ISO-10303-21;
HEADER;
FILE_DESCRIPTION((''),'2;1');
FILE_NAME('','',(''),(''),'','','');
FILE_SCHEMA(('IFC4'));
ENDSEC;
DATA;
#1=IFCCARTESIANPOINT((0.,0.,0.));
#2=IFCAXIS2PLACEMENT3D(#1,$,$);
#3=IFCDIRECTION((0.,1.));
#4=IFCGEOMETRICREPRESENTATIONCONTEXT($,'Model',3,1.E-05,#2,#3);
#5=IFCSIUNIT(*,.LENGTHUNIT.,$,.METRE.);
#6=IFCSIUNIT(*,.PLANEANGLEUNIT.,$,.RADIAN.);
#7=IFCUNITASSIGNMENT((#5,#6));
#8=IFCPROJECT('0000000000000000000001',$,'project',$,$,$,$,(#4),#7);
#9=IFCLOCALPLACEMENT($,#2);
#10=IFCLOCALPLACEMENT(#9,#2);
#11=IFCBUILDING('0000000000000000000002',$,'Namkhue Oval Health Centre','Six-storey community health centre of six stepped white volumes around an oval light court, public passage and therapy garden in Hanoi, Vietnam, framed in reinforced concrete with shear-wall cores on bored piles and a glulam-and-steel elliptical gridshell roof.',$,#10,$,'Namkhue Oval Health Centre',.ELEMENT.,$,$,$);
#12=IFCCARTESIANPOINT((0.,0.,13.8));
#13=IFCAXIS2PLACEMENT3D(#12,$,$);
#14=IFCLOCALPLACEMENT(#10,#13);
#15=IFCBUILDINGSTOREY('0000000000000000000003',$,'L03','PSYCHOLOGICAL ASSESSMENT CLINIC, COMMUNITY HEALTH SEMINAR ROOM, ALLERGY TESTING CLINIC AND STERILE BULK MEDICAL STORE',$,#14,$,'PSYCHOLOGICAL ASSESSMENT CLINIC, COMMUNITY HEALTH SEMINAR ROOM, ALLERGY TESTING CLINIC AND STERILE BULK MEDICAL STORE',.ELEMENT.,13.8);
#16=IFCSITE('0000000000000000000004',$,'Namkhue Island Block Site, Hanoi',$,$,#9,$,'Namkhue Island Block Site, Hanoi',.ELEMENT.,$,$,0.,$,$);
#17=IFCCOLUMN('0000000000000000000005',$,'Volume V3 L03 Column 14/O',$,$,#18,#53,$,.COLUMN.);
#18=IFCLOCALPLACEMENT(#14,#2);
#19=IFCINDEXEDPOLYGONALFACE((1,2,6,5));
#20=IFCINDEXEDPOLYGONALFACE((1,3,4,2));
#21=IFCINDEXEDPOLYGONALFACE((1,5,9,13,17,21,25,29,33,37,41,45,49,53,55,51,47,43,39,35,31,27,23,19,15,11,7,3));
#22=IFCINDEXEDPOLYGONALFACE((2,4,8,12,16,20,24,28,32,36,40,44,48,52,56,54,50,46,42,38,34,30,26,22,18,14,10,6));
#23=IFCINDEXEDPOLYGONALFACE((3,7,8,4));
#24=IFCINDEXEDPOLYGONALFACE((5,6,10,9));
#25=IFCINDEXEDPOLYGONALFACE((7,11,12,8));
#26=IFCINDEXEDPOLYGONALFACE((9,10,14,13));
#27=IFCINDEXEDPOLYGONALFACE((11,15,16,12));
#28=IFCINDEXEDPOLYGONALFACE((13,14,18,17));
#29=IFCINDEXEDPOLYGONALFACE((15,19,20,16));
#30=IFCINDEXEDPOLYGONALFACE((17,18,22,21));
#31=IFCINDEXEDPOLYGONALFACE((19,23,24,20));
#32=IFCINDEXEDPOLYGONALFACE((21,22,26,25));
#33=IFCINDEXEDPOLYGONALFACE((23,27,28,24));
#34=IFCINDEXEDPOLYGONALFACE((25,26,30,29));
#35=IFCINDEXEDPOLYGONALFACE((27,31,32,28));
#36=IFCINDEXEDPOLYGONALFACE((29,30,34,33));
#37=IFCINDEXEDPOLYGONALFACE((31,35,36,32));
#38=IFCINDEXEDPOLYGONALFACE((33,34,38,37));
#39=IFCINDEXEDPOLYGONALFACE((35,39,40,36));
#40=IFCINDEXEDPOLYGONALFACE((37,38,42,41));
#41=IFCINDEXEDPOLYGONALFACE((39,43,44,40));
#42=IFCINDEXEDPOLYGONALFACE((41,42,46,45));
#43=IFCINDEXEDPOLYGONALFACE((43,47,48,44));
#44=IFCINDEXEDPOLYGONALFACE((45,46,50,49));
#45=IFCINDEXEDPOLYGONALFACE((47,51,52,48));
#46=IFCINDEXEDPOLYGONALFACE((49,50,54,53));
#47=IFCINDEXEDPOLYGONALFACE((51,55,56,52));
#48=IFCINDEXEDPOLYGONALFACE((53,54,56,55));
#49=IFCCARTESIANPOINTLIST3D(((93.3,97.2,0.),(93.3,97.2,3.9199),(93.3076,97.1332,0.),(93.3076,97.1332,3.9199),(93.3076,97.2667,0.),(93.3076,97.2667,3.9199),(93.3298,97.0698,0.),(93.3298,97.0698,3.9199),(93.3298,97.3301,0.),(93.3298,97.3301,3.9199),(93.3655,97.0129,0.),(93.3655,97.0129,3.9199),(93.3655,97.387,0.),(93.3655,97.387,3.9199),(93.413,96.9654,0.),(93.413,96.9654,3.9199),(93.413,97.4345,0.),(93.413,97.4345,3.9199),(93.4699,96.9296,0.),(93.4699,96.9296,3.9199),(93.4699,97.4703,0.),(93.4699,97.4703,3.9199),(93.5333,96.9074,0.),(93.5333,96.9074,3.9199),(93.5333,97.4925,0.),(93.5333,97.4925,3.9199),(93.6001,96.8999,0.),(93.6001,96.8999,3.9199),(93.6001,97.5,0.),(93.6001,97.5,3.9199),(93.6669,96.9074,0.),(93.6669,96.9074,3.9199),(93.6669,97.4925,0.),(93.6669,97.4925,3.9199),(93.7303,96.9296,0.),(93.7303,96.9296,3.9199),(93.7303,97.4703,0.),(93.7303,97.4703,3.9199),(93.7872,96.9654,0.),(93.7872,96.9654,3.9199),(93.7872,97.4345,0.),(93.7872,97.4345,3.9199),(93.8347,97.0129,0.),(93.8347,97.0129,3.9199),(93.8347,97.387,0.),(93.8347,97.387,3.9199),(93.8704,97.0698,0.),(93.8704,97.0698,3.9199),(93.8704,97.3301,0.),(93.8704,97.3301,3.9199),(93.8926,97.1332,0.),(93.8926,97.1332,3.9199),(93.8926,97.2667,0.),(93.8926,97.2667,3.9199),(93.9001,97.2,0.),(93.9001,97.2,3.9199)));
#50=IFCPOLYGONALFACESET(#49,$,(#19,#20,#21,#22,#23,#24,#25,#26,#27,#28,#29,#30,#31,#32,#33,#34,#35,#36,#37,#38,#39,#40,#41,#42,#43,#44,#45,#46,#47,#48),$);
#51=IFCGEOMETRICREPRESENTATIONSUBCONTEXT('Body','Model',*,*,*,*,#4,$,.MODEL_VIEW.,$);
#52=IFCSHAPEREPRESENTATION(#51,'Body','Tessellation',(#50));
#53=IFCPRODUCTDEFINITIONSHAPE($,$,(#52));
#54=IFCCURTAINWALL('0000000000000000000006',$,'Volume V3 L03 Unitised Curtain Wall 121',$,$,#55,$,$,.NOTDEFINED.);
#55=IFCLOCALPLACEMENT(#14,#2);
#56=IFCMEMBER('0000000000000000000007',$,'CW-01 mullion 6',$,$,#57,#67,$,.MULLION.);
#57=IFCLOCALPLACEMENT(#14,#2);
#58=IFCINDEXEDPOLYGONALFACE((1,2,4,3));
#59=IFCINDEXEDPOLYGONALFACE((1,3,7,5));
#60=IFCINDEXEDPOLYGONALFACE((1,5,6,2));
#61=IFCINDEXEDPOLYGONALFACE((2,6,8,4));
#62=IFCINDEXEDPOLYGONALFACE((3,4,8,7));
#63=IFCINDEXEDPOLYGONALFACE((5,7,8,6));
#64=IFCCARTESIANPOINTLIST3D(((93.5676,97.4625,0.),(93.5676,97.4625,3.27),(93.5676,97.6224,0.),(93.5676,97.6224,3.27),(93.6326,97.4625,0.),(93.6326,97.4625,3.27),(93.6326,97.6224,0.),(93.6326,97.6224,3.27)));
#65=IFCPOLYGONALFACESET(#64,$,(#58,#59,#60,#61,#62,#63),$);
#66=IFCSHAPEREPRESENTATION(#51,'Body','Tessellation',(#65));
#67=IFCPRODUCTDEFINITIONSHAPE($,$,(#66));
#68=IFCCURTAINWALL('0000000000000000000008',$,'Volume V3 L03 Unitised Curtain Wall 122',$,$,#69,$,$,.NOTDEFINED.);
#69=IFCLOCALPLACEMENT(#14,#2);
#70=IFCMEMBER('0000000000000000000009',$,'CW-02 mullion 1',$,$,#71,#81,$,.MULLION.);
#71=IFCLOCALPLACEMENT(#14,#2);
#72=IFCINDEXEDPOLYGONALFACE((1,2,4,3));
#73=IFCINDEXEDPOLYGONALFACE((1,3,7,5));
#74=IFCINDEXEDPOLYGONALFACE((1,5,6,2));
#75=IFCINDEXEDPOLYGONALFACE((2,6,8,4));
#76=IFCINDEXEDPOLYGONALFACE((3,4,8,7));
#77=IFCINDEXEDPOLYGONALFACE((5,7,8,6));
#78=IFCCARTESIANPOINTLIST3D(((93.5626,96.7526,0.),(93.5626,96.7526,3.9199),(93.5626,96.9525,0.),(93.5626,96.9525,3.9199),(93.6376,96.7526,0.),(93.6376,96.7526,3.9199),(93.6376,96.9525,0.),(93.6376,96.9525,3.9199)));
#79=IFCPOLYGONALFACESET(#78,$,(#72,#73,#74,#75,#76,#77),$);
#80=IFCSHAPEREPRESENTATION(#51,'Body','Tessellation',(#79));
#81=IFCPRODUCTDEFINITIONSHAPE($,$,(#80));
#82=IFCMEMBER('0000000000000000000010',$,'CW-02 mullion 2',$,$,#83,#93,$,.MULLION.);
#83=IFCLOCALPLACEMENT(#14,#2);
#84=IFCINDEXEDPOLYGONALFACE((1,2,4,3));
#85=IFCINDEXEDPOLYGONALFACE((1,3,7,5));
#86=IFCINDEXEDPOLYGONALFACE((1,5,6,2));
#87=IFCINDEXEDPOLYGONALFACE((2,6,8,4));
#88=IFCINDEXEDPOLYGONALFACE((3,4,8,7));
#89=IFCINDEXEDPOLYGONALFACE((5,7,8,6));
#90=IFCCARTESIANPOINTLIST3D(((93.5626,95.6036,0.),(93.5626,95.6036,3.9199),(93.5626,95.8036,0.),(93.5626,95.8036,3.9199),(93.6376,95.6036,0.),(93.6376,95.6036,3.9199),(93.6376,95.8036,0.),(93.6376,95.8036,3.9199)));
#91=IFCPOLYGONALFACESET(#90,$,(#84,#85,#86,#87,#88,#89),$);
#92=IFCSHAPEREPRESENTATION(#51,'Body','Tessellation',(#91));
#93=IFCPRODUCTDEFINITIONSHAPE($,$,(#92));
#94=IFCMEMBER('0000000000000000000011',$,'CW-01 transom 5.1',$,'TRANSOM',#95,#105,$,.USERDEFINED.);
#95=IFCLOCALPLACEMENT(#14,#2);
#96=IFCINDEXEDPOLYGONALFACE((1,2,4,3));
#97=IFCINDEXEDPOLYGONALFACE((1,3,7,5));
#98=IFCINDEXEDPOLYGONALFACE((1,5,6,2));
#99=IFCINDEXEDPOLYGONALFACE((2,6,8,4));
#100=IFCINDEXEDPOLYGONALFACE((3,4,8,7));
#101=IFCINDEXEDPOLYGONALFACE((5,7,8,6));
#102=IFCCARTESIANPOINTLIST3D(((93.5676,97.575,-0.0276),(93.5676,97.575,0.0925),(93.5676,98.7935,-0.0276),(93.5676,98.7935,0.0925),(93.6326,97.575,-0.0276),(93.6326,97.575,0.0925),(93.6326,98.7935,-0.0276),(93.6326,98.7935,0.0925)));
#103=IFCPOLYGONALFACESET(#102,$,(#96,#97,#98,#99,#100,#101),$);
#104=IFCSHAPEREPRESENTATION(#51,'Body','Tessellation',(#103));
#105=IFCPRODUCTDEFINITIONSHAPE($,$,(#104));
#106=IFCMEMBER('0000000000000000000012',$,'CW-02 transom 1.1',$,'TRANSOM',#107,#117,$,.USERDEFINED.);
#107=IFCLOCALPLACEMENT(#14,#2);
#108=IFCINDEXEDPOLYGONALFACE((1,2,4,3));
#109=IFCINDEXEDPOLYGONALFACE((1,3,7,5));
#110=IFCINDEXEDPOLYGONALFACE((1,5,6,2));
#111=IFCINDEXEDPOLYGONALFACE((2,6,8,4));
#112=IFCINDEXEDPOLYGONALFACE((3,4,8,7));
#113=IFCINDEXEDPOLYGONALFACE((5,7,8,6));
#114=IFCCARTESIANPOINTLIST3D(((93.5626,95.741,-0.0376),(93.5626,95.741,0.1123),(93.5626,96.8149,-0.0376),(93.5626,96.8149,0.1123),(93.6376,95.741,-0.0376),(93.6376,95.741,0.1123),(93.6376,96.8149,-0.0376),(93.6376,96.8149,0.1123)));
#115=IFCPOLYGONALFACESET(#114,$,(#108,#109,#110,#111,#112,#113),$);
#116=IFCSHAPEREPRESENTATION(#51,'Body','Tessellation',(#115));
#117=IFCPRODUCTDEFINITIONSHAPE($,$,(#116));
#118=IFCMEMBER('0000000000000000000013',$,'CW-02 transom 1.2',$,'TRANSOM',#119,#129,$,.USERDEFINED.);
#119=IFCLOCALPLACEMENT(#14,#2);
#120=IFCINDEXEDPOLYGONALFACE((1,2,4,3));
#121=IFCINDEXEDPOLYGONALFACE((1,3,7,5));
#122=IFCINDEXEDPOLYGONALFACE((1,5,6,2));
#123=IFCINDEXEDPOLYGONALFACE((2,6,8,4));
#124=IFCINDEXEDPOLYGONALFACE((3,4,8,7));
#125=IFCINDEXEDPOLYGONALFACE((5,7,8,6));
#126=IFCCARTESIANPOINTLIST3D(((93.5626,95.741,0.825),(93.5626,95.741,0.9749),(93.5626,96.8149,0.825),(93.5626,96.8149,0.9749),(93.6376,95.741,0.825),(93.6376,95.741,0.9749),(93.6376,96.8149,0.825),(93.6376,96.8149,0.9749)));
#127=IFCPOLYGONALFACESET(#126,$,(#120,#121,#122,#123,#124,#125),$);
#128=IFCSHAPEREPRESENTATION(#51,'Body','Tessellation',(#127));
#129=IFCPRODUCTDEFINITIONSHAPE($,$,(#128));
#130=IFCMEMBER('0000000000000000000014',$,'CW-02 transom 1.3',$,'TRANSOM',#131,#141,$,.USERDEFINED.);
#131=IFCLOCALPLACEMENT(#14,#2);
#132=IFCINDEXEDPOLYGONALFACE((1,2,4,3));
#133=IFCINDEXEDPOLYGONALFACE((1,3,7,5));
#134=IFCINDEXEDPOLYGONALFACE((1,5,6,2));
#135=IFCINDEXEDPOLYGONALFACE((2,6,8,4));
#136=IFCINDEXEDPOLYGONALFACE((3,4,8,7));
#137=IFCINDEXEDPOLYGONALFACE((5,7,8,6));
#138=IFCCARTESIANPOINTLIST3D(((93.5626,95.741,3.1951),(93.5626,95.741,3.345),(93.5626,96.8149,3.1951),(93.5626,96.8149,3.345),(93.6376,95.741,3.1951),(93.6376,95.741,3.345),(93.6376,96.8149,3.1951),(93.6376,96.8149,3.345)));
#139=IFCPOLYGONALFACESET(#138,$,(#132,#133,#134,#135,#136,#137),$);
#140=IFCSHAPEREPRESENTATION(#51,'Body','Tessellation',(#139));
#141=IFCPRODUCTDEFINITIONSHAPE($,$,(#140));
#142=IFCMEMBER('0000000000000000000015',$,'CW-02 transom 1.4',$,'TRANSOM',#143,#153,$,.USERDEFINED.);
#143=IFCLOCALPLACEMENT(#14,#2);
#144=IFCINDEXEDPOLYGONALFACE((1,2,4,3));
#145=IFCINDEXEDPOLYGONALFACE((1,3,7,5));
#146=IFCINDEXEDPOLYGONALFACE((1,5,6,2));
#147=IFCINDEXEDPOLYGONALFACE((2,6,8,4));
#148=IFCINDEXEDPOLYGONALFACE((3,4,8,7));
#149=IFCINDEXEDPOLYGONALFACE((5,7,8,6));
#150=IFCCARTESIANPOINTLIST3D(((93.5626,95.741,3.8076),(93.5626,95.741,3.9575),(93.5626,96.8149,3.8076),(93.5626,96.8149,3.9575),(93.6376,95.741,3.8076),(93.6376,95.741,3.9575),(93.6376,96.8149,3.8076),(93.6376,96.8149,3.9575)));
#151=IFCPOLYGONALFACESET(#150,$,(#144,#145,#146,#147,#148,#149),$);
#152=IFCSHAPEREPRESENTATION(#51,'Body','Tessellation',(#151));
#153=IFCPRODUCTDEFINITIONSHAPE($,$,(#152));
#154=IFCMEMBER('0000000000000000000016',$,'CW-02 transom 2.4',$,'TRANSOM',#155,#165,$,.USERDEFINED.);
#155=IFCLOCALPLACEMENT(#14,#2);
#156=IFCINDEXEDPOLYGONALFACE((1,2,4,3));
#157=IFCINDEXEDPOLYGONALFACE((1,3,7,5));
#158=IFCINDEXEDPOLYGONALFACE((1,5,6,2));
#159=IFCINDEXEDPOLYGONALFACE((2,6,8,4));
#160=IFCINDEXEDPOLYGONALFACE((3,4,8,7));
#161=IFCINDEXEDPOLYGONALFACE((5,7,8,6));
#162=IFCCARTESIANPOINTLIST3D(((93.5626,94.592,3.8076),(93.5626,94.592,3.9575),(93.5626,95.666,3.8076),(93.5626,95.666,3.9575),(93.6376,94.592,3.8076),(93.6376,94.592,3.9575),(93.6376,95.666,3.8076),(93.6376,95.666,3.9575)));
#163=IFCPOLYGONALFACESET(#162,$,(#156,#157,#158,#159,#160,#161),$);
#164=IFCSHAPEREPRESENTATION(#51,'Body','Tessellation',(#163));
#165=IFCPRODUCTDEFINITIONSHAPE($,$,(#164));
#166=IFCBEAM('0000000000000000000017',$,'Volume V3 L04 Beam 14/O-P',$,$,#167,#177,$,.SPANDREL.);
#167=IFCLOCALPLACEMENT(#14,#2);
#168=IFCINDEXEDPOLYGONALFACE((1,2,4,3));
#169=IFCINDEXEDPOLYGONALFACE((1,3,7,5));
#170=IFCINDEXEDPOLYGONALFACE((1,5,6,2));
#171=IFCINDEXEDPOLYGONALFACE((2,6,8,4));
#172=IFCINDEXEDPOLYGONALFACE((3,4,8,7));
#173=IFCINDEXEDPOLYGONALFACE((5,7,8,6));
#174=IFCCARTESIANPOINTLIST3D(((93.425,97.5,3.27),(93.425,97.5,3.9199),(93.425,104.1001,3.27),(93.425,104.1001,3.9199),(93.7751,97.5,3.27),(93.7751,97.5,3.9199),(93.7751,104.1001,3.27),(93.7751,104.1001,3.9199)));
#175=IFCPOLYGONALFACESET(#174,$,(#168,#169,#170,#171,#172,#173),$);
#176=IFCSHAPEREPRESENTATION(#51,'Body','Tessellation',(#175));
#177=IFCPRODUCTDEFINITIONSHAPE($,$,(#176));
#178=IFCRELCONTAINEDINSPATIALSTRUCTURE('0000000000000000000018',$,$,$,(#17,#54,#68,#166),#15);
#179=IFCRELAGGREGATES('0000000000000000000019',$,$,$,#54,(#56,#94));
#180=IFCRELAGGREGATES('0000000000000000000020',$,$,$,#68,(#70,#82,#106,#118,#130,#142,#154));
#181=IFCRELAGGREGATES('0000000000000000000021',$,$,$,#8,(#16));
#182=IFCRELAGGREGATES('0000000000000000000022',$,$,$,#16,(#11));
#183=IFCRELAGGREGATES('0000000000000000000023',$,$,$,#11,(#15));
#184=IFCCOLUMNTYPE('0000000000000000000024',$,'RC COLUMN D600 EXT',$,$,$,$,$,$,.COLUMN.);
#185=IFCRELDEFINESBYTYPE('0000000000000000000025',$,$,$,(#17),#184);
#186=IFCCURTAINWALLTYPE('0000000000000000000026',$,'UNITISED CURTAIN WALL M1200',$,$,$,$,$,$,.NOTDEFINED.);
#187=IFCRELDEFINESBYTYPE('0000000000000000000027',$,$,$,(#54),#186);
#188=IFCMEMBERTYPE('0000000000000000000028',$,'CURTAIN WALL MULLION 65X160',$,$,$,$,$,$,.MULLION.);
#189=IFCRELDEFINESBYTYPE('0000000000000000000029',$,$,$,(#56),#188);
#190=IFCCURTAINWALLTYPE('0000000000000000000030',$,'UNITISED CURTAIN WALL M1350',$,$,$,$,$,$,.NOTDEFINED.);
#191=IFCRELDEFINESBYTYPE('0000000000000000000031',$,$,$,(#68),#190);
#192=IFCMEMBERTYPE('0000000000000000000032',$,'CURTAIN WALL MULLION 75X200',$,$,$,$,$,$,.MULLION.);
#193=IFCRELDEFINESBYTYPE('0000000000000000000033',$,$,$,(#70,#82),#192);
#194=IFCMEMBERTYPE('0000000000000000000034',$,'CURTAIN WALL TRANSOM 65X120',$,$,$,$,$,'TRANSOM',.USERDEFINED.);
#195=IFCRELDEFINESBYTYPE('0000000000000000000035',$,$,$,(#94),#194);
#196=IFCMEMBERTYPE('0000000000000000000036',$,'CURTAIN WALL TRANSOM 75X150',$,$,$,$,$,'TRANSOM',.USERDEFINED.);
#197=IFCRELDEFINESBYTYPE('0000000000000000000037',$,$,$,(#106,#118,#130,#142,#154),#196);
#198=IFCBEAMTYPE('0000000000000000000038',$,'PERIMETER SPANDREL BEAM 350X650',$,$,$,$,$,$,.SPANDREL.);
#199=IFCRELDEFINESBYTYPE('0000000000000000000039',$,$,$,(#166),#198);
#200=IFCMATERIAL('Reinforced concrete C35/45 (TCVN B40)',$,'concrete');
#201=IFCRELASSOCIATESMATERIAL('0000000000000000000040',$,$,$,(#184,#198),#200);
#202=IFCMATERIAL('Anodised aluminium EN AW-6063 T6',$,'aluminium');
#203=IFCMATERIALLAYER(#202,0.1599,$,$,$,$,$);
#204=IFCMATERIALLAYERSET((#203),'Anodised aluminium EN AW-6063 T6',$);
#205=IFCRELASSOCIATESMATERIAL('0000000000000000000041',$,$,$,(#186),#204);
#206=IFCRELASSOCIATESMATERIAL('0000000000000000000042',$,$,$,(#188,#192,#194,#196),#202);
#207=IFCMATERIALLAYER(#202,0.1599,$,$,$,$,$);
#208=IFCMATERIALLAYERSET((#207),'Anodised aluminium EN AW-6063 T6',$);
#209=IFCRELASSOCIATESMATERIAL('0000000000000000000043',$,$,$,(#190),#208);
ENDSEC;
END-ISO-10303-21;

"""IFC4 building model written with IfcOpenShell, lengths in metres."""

from ifc_helpers import new_model, si_unit, direction, frame, origin, origin_2d, place, context, subcontext, project, spatial, rectangle, circle, extrude, material, layer, layer_set, material_profile, profile_set, type_object, element, aggregate, save


model = new_model("IFC4")

# Units and contexts
model_context = context("Model", 3, precision=1e-05, world=origin(), true_north=direction((0.0, 1.0)))
body_context = subcontext(model_context, "Body", "Model", "MODEL_VIEW")
ifc_project = project(units=[si_unit("LENGTHUNIT", "METRE"), si_unit("PLANEANGLEUNIT", "RADIAN")], contexts=[model_context])

# Site, building, storey
site_placement = place(None, origin())
site = spatial("IfcSite", under=ifc_project, at=site_placement, Name="Namkhue Island Block Site, Hanoi", LongName="Namkhue Island Block Site, Hanoi", CompositionType="ELEMENT", RefElevation=0.0)
building_placement = place(site_placement, origin())
building = spatial("IfcBuilding", under=site, at=building_placement, Name="Namkhue Oval Health Centre", Description="Six-storey community health centre of six stepped white volumes around an oval light court, public passage and therapy garden in Hanoi, Vietnam, framed in reinforced concrete with shear-wall cores on bored piles and a glulam-and-steel elliptical gridshell roof.", LongName="Namkhue Oval Health Centre", CompositionType="ELEMENT")
storey_placement = place(building_placement, frame((0.0, 0.0, 13.8)))
storey = spatial("IfcBuildingStorey", under=building, at=storey_placement, Name="L03", Description="PSYCHOLOGICAL ASSESSMENT CLINIC, COMMUNITY HEALTH SEMINAR ROOM, ALLERGY TESTING CLINIC AND STERILE BULK MEDICAL STORE", LongName="PSYCHOLOGICAL ASSESSMENT CLINIC, COMMUNITY HEALTH SEMINAR ROOM, ALLERGY TESTING CLINIC AND STERILE BULK MEDICAL STORE", CompositionType="ELEMENT", Elevation=13.8)

# Column
ifc_material_1 = material(Name="Reinforced concrete C35/45 (TCVN B40)", Category="concrete")
ifc_material_profile_1 = material_profile(ifc_material_1, circle(Radius=0.3, at=origin_2d()), Name="RC D600")
ifc_profile_set_1 = profile_set([ifc_material_profile_1], Name="Reinforced concrete C35/45 (TCVN B40)")
column_type = type_object("IfcColumnType", Name="RC COLUMN D600 EXT", PredefinedType="COLUMN", material=ifc_profile_set_1)
column_placement = place(storey_placement, frame((93.6001, 97.2, 0.0), z_axis=(0.0, 0.0, 1.0), x_axis=(1.0, 0.0, 0.0)))
element("IfcColumn", 1, at=column_placement, inside=storey, type_object=column_type, Name="Volume V3 L03 Column 14/O", PredefinedType="COLUMN", context=body_context, shape_type="SweptSolid", body=[
    extrude(circle(Radius=0.3, at=origin_2d()), origin(), (0.0, 0.0, 1.0), 3.9199),
])

# Curtain wall, member
ifc_material_2 = material(Name="Anodised aluminium EN AW-6063 T6", Category="aluminium")
ifc_layer_1 = layer(ifc_material_2, 0.1599)
ifc_layer_set_1 = layer_set([ifc_layer_1], Name="Anodised aluminium EN AW-6063 T6")
curtain_wall_type_1 = type_object("IfcCurtainWallType", Name="UNITISED CURTAIN WALL M1200", PredefinedType="NOTDEFINED", material=ifc_layer_set_1)
curtain_wall_1_placement = place(storey_placement, origin())
curtain_wall_1 = element("IfcCurtainWall", 2, at=curtain_wall_1_placement, inside=storey, type_object=curtain_wall_type_1, Name="Volume V3 L03 Unitised Curtain Wall 121", PredefinedType="NOTDEFINED")
ifc_material_profile_2 = material_profile(ifc_material_2, rectangle(XDim=0.0649, YDim=0.1599, at=origin_2d()), Name="ALU 65x160")
ifc_profile_set_2 = profile_set([ifc_material_profile_2], Name="Anodised aluminium EN AW-6063 T6")
member_type_1 = type_object("IfcMemberType", Name="CURTAIN WALL MULLION 65X160", PredefinedType="MULLION", material=ifc_profile_set_2)
member_1_placement = place(storey_placement, frame((93.6001, 97.5425, 0.0), z_axis=(0.0, 0.0, 1.0), x_axis=(1.0, 0.0, 0.0)))
member_1 = element("IfcMember", 3, at=member_1_placement, type_object=member_type_1, Name="CW-01 mullion 6", PredefinedType="MULLION", context=body_context, shape_type="SweptSolid", body=[
    extrude(rectangle(XDim=0.0649, YDim=0.1599, at=origin_2d()), origin(), (0.0, 0.0, 1.0), 3.27),
])

# Curtain wall, members
ifc_layer_2 = layer(ifc_material_2, 0.1599)
ifc_layer_set_2 = layer_set([ifc_layer_2], Name="Anodised aluminium EN AW-6063 T6")
curtain_wall_type_2 = type_object("IfcCurtainWallType", Name="UNITISED CURTAIN WALL M1350", PredefinedType="NOTDEFINED", material=ifc_layer_set_2)
curtain_wall_2_placement = place(storey_placement, origin())
curtain_wall_2 = element("IfcCurtainWall", 4, at=curtain_wall_2_placement, inside=storey, type_object=curtain_wall_type_2, Name="Volume V3 L03 Unitised Curtain Wall 122", PredefinedType="NOTDEFINED")
ifc_material_profile_3 = material_profile(ifc_material_2, rectangle(XDim=0.075, YDim=0.2, at=origin_2d()), Name="ALU 75x200")
ifc_profile_set_3 = profile_set([ifc_material_profile_3], Name="Anodised aluminium EN AW-6063 T6")
member_type_2 = type_object("IfcMemberType", Name="CURTAIN WALL MULLION 75X200", PredefinedType="MULLION", material=ifc_profile_set_3)
member_2_placement = place(storey_placement, frame((93.6001, 96.8525, 0.0), z_axis=(0.0, 0.0, 1.0), x_axis=(1.0, 0.0, 0.0)))
member_2 = element("IfcMember", 5, at=member_2_placement, type_object=member_type_2, Name="CW-02 mullion 1", PredefinedType="MULLION", context=body_context, shape_type="SweptSolid", body=[
    extrude(rectangle(XDim=0.075, YDim=0.2, at=origin_2d()), origin(), (0.0, 0.0, 1.0), 3.9199),
])
member_3_placement = place(storey_placement, frame((93.6001, 95.7036, 0.0), z_axis=(0.0, 0.0, 1.0), x_axis=(1.0, 0.0, 0.0)))
member_3 = element("IfcMember", 6, at=member_3_placement, type_object=member_type_2, Name="CW-02 mullion 2", PredefinedType="MULLION", context=body_context, shape_type="SweptSolid", body=[
    extrude(rectangle(XDim=0.075, YDim=0.2, at=origin_2d()), origin(), (0.0, 0.0, 1.0), 3.9199),
])

# Members
ifc_material_profile_4 = material_profile(ifc_material_2, rectangle(XDim=0.0649, YDim=0.1201, at=origin_2d()), Name="ALU 65x120")
ifc_profile_set_4 = profile_set([ifc_material_profile_4], Name="Anodised aluminium EN AW-6063 T6")
member_type_3 = type_object("IfcMemberType", Name="CURTAIN WALL TRANSOM 65X120", ElementType="TRANSOM", PredefinedType="USERDEFINED", material=ifc_profile_set_4)
member_4_placement = place(storey_placement, frame((93.6001, 98.7935, 0.0325), z_axis=(0.0, -1.0, 0.0), x_axis=(1.0, 0.0, 0.0)))
member_4 = element("IfcMember", 7, at=member_4_placement, type_object=member_type_3, Name="CW-01 transom 5.1", ObjectType="TRANSOM", PredefinedType="USERDEFINED", context=body_context, shape_type="SweptSolid", body=[
    extrude(rectangle(XDim=0.0649, YDim=0.1201, at=origin_2d()), origin(), (0.0, 0.0, 1.0), 1.2185),
])
ifc_material_profile_5 = material_profile(ifc_material_2, rectangle(XDim=0.075, YDim=0.1499, at=origin_2d()), Name="ALU 75x150")
ifc_profile_set_5 = profile_set([ifc_material_profile_5], Name="Anodised aluminium EN AW-6063 T6")
member_type_4 = type_object("IfcMemberType", Name="CURTAIN WALL TRANSOM 75X150", ElementType="TRANSOM", PredefinedType="USERDEFINED", material=ifc_profile_set_5)
member_5_placement = place(storey_placement, frame((93.6001, 96.8149, 0.0374), z_axis=(0.0, -1.0, 0.0), x_axis=(1.0, 0.0, 0.0)))
member_5 = element("IfcMember", 8, at=member_5_placement, type_object=member_type_4, Name="CW-02 transom 1.1", ObjectType="TRANSOM", PredefinedType="USERDEFINED", context=body_context, shape_type="SweptSolid", body=[
    extrude(rectangle(XDim=0.075, YDim=0.1499, at=origin_2d()), origin(), (0.0, 0.0, 1.0), 1.074),
])
member_6_placement = place(storey_placement, frame((93.6001, 96.8149, 0.8999), z_axis=(0.0, -1.0, 0.0), x_axis=(1.0, 0.0, 0.0)))
member_6 = element("IfcMember", 9, at=member_6_placement, type_object=member_type_4, Name="CW-02 transom 1.2", ObjectType="TRANSOM", PredefinedType="USERDEFINED", context=body_context, shape_type="SweptSolid", body=[
    extrude(rectangle(XDim=0.075, YDim=0.1499, at=origin_2d()), origin(), (0.0, 0.0, 1.0), 1.074),
])
member_7_placement = place(storey_placement, frame((93.6001, 96.8149, 3.27), z_axis=(0.0, -1.0, 0.0), x_axis=(1.0, 0.0, 0.0)))
member_7 = element("IfcMember", 10, at=member_7_placement, type_object=member_type_4, Name="CW-02 transom 1.3", ObjectType="TRANSOM", PredefinedType="USERDEFINED", context=body_context, shape_type="SweptSolid", body=[
    extrude(rectangle(XDim=0.075, YDim=0.1499, at=origin_2d()), origin(), (0.0, 0.0, 1.0), 1.074),
])
member_8_placement = place(storey_placement, frame((93.6001, 96.8149, 3.8826), z_axis=(0.0, -1.0, 0.0), x_axis=(1.0, 0.0, 0.0)))
member_8 = element("IfcMember", 11, at=member_8_placement, type_object=member_type_4, Name="CW-02 transom 1.4", ObjectType="TRANSOM", PredefinedType="USERDEFINED", context=body_context, shape_type="SweptSolid", body=[
    extrude(rectangle(XDim=0.075, YDim=0.1499, at=origin_2d()), origin(), (0.0, 0.0, 1.0), 1.074),
])
member_9_placement = place(storey_placement, frame((93.6001, 95.666, 3.8826), z_axis=(0.0, -1.0, 0.0), x_axis=(1.0, 0.0, 0.0)))
member_9 = element("IfcMember", 12, at=member_9_placement, type_object=member_type_4, Name="CW-02 transom 2.4", ObjectType="TRANSOM", PredefinedType="USERDEFINED", context=body_context, shape_type="SweptSolid", body=[
    extrude(rectangle(XDim=0.075, YDim=0.1499, at=origin_2d()), origin(), (0.0, 0.0, 1.0), 1.074),
])

# Beam
ifc_material_profile_6 = material_profile(ifc_material_1, rectangle(XDim=0.3501, YDim=0.6499, at=origin_2d()), Name="RC 350x650")
ifc_profile_set_6 = profile_set([ifc_material_profile_6], Name="Reinforced concrete C35/45 (TCVN B40)")
beam_type_1 = type_object("IfcBeamType", Name="PERIMETER SPANDREL BEAM 350X650", PredefinedType="SPANDREL", material=ifc_profile_set_6)
beam_1_placement = place(storey_placement, frame((93.6001, 97.5, 3.595), z_axis=(0.0, 1.0, 0.0), x_axis=(-1.0, 0.0, 0.0)))
element("IfcBeam", 13, at=beam_1_placement, inside=storey, type_object=beam_type_1, Name="Volume V3 L04 Beam 14/O-P", PredefinedType="SPANDREL", context=body_context, shape_type="SweptSolid", body=[
    extrude(rectangle(XDim=0.3501, YDim=0.6499, at=origin_2d()), origin(), (0.0, 0.0, 1.0), 6.6001),
])

aggregate(curtain_wall_1, [member_1, member_4])
aggregate(curtain_wall_2, [member_2, member_3, member_5, member_6, member_7, member_8, member_9])

save(model, "model.ifc")
